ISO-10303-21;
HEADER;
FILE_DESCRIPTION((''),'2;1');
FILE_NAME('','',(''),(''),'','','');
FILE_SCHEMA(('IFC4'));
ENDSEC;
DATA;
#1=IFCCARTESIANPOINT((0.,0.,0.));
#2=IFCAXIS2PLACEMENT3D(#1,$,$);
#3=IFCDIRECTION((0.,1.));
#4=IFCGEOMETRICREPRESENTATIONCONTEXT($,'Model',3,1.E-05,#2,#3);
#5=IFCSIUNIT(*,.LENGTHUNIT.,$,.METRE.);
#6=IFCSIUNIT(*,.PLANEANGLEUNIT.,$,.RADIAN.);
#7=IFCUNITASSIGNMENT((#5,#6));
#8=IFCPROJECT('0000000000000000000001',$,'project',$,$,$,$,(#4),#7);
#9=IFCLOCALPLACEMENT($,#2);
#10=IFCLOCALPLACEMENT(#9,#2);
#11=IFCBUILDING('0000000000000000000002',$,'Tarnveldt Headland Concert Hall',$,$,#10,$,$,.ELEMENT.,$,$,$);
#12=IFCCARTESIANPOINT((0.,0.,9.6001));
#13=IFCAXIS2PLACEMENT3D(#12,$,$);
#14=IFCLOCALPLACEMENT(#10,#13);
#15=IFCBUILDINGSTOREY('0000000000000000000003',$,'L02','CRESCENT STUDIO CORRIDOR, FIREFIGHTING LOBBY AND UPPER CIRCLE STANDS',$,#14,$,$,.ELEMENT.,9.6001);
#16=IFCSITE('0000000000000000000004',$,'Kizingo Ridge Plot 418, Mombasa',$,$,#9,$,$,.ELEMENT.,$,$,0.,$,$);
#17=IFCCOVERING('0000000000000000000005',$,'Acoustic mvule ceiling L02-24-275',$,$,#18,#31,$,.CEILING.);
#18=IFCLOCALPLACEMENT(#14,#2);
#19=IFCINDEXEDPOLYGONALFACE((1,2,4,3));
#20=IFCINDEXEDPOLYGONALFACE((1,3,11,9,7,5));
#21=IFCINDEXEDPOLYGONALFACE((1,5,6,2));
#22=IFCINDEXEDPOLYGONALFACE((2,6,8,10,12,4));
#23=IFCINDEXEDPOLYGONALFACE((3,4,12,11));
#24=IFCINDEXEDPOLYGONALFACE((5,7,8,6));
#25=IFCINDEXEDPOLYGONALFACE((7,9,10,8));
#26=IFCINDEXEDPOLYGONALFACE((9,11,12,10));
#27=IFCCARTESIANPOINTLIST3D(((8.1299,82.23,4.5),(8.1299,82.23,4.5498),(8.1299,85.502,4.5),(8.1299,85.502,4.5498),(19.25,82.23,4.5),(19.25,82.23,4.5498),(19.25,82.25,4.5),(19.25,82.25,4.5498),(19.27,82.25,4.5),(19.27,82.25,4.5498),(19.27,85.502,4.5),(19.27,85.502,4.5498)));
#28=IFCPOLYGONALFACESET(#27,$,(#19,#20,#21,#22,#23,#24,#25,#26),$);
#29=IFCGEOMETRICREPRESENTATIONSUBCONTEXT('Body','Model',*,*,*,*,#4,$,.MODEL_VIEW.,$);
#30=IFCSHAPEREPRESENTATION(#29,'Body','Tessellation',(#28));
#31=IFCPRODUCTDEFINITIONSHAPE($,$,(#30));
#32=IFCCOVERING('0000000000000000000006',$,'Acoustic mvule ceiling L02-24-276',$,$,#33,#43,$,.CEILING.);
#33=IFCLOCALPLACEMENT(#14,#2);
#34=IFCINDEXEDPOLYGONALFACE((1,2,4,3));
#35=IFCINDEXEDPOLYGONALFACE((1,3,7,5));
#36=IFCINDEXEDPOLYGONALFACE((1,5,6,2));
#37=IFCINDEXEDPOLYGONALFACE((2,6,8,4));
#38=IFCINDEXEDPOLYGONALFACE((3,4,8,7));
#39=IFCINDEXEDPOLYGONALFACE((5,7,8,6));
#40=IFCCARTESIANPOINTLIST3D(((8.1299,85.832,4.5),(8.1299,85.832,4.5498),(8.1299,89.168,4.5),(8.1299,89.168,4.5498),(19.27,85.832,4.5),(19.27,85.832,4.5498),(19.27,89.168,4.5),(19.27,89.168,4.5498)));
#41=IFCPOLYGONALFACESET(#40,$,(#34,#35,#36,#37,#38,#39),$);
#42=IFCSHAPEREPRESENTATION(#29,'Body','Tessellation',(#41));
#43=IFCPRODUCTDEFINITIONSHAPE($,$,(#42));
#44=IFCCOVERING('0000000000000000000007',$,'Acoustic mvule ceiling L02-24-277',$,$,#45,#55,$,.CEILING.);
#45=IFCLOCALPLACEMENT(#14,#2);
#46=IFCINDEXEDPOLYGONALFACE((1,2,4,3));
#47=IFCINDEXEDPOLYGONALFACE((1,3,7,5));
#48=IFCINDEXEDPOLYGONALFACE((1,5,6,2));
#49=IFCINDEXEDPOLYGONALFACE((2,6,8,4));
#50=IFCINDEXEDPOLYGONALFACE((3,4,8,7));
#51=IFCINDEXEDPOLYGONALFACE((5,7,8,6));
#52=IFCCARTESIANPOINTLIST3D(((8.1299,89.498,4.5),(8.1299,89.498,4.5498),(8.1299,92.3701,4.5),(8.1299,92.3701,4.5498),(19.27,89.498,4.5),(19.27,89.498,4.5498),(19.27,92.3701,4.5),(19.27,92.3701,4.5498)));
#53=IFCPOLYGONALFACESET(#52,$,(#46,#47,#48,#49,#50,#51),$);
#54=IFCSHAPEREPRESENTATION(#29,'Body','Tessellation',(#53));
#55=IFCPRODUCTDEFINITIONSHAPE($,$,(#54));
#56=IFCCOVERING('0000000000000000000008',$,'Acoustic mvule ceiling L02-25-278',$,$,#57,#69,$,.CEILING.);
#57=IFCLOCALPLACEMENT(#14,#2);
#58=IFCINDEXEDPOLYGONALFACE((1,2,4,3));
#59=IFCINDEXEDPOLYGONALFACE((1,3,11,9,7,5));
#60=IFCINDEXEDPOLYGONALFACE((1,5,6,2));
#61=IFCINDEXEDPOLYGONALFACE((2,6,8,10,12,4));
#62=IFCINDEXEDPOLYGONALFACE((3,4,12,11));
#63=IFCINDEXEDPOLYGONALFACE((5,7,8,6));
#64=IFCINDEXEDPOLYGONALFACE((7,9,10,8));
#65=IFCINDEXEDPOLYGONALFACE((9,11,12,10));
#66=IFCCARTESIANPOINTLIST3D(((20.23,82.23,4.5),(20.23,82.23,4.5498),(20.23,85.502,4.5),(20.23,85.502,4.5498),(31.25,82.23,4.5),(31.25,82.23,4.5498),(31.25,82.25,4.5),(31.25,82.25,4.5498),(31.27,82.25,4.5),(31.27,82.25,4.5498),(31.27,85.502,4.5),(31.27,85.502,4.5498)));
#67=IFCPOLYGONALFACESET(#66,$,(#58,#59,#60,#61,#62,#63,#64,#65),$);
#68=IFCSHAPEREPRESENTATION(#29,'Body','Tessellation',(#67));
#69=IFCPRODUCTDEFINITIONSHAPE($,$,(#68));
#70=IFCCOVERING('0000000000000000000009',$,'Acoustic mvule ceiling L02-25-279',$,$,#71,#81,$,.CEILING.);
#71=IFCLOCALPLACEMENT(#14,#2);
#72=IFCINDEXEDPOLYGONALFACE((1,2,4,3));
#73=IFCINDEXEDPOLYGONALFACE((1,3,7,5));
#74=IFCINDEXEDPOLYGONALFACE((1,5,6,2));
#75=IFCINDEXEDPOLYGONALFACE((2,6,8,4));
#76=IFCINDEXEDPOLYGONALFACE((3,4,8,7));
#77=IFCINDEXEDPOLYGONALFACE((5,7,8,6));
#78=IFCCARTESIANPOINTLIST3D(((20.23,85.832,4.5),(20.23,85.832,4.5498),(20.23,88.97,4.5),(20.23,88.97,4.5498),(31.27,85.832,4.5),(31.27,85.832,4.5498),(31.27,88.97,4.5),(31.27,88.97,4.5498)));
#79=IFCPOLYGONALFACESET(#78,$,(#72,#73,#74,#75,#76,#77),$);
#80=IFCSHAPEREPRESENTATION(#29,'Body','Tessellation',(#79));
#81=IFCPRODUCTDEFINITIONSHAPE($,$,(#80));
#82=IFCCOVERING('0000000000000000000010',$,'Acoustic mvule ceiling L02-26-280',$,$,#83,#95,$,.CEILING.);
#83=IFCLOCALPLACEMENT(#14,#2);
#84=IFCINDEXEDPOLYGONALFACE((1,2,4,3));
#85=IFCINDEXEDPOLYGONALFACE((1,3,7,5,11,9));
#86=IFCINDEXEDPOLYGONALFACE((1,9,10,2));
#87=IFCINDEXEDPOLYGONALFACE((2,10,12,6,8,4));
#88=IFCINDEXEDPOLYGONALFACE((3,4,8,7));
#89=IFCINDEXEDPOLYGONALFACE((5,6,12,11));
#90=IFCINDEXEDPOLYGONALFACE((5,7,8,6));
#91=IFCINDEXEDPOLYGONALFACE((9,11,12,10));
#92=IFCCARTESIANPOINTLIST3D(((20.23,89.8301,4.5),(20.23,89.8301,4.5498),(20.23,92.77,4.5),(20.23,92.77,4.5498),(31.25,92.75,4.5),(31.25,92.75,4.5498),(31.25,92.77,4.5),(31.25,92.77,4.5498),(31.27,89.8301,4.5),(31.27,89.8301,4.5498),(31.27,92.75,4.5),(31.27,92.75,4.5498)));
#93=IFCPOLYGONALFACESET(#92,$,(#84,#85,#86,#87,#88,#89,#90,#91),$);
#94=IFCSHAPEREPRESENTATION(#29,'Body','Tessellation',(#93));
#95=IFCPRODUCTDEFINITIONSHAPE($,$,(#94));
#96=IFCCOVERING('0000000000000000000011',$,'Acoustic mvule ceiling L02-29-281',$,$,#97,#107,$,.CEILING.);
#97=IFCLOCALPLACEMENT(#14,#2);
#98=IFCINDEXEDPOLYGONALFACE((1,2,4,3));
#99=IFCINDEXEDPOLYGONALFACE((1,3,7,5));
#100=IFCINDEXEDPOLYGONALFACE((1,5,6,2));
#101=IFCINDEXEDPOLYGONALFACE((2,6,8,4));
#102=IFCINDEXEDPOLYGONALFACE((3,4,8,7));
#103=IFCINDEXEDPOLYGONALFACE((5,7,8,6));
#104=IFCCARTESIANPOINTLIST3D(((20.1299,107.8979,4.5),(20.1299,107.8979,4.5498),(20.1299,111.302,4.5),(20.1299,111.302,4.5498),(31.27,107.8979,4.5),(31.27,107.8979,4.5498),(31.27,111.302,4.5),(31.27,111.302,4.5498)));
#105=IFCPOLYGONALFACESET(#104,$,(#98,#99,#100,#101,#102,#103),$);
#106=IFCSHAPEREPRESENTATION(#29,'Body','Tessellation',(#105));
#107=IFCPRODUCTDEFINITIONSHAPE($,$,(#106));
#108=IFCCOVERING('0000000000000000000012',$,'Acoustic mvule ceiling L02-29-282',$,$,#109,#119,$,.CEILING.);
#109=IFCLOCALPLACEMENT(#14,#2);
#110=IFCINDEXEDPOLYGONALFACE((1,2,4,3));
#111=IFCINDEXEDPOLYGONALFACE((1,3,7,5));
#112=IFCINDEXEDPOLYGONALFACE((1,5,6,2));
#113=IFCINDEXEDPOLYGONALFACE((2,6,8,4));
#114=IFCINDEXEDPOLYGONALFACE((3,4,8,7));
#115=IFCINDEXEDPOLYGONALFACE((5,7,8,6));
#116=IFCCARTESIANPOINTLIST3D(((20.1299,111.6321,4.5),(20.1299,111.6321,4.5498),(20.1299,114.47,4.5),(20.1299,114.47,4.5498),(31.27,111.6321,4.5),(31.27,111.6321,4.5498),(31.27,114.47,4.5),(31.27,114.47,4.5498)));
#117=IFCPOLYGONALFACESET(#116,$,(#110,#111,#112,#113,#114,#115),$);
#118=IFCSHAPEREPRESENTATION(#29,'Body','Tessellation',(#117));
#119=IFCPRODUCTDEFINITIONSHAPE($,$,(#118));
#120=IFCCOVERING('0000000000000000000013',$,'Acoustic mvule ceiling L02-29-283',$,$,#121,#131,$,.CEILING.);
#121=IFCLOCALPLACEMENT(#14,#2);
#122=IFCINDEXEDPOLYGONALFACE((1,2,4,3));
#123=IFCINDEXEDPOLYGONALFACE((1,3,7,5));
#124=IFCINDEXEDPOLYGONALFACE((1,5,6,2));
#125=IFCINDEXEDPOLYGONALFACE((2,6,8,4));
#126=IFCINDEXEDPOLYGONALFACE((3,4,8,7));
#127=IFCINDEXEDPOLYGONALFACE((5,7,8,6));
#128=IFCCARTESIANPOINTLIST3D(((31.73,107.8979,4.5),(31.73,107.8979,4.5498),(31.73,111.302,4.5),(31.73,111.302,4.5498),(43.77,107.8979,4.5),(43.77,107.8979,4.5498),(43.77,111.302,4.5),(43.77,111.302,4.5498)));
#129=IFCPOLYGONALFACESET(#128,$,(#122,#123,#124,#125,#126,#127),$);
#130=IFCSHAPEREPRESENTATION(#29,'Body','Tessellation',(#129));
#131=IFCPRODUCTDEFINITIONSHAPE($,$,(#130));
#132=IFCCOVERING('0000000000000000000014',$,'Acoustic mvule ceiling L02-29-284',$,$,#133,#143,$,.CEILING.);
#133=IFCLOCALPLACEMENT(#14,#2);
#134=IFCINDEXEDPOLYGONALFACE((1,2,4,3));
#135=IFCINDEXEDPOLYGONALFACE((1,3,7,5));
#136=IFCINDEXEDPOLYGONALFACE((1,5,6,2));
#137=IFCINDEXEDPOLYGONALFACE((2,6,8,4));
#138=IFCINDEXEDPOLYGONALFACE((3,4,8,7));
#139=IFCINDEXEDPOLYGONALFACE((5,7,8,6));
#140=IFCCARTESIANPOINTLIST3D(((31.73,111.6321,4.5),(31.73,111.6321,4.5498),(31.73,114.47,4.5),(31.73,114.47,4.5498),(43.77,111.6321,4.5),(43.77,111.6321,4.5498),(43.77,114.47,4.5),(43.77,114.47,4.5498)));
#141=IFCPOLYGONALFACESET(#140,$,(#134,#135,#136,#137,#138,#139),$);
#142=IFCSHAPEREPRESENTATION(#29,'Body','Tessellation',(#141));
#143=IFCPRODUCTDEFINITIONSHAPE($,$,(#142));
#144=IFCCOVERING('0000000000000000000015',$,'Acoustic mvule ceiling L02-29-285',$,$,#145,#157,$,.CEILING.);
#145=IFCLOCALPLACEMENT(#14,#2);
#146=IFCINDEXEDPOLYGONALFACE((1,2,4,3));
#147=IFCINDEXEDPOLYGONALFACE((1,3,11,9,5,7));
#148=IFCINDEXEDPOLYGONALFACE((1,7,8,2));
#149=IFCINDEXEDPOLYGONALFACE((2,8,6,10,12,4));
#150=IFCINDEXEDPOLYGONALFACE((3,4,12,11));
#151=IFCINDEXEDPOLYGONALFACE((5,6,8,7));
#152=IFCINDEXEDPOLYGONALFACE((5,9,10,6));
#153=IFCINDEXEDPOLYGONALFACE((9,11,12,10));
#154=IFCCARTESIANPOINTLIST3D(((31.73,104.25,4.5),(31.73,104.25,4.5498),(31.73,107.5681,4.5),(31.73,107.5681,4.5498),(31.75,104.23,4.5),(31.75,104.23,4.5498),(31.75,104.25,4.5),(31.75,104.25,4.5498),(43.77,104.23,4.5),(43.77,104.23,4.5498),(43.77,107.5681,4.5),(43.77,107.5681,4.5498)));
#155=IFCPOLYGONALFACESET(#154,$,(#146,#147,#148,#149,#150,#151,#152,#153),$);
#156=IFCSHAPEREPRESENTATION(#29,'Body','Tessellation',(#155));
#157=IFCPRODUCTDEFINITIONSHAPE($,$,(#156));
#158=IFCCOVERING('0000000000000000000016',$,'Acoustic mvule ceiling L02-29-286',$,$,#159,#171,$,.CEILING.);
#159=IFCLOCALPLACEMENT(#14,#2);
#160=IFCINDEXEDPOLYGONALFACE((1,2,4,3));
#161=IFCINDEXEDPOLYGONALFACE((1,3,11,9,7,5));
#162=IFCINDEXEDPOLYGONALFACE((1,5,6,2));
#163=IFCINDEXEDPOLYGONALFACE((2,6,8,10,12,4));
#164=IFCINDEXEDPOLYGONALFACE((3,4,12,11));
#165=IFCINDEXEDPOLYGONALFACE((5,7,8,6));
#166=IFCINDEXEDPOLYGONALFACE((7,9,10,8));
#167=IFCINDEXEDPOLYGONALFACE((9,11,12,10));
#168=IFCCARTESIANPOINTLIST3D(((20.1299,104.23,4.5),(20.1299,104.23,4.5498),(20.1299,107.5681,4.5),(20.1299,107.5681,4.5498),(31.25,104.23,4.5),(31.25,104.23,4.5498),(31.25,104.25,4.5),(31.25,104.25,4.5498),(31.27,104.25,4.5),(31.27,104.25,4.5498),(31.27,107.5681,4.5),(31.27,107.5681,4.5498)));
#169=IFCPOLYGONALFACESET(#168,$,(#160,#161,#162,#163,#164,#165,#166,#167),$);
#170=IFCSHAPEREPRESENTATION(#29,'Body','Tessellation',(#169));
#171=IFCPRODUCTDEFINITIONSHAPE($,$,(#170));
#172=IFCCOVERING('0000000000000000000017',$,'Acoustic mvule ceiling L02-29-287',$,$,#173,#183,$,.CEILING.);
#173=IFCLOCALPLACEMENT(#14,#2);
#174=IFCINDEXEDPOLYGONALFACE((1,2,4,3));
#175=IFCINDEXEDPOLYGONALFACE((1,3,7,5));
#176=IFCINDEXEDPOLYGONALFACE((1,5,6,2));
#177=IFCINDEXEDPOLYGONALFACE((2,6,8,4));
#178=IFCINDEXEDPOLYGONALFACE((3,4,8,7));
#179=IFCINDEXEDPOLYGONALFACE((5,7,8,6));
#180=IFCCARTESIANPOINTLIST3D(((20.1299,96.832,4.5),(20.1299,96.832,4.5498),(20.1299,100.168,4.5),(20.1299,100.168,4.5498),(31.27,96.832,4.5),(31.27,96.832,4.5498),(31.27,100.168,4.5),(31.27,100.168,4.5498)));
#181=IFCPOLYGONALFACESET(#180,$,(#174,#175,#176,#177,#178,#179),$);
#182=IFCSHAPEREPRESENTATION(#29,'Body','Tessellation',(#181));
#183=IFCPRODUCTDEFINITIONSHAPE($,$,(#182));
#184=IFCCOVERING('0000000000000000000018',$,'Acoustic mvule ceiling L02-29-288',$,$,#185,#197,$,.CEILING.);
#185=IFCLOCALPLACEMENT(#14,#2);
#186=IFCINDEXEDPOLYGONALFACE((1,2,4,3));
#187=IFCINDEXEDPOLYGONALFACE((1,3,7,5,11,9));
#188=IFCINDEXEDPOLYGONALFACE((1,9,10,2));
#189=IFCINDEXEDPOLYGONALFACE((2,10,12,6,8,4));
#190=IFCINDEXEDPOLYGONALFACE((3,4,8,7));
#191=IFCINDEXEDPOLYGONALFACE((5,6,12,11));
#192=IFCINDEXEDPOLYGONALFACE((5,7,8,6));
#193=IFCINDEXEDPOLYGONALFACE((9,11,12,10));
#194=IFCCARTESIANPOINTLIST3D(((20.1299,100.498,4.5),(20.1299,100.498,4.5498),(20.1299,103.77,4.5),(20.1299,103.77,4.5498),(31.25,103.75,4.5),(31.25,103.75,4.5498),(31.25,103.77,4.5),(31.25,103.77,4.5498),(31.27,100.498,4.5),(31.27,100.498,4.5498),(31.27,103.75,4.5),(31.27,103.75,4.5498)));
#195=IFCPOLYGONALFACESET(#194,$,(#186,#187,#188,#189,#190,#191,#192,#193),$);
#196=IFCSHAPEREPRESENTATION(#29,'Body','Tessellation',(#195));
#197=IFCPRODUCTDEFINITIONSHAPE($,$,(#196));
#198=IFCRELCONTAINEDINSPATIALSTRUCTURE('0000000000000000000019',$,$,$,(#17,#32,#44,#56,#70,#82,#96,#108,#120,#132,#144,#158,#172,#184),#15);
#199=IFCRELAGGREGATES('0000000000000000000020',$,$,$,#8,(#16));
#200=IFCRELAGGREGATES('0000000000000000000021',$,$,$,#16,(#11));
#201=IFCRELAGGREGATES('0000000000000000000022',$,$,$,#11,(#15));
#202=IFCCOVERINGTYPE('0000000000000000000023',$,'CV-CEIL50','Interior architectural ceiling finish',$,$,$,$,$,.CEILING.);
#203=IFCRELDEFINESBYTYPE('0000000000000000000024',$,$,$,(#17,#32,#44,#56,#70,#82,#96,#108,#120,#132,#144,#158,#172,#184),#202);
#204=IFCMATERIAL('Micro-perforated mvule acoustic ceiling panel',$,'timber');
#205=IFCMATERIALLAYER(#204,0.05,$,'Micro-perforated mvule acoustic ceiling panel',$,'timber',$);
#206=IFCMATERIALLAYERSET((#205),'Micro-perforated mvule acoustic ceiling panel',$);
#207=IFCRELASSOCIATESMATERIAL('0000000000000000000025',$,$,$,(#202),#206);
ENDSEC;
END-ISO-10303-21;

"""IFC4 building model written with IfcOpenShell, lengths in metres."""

from ifc_helpers import new_model, si_unit, direction, frame, origin, place, context, subcontext, project, spatial, polyline, outline, extrude, material, layer, layer_set, type_object, element, save


model = new_model("IFC4")

# Units and contexts
model_context = context("Model", 3, precision=1e-05, world=origin(), true_north=direction((0.0, 1.0)))
body_context = subcontext(model_context, "Body", "Model", "MODEL_VIEW")
ifc_project = project(units=[si_unit("LENGTHUNIT", "METRE"), si_unit("PLANEANGLEUNIT", "RADIAN")], contexts=[model_context])

# Site, building, storey
site_placement = place(None, origin())
site = spatial("IfcSite", under=ifc_project, at=site_placement, Name="Kizingo Ridge Plot 418, Mombasa", CompositionType="ELEMENT", RefElevation=0.0)
building_placement = place(site_placement, origin())
building = spatial("IfcBuilding", under=site, at=building_placement, Name="Tarnveldt Headland Concert Hall", CompositionType="ELEMENT")
storey_placement = place(building_placement, frame((0.0, 0.0, 9.6001)))
storey = spatial("IfcBuildingStorey", under=building, at=storey_placement, Name="L02", Description="CRESCENT STUDIO CORRIDOR, FIREFIGHTING LOBBY AND UPPER CIRCLE STANDS", CompositionType="ELEMENT", Elevation=9.6001)

# Coverings
ifc_material_1 = material(Name="Micro-perforated mvule acoustic ceiling panel", Category="timber")
ifc_layer_1 = layer(ifc_material_1, 0.05, Name="Micro-perforated mvule acoustic ceiling panel", Category="timber")
ifc_layer_set_1 = layer_set([ifc_layer_1], Name="Micro-perforated mvule acoustic ceiling panel")
covering_type_1 = type_object("IfcCoveringType", Name="CV-CEIL50", Description="Interior architectural ceiling finish", PredefinedType="CEILING", material=ifc_layer_set_1)
covering_1_placement = place(storey_placement, frame((0.0, 0.0, 4.5)))
element("IfcCovering", 1, at=covering_1_placement, inside=storey, type_object=covering_type_1, Name="Acoustic mvule ceiling L02-24-275", PredefinedType="CEILING", context=body_context, shape_type="SweptSolid", body=[
    extrude(outline(polyline([(8.1299, 82.23), (8.1299, 85.502), (19.27, 85.502), (19.27, 82.25), (19.25, 82.25), (19.25, 82.23), (8.1299, 82.23)])), origin(), (0.0, 0.0, 1.0), 0.0498),
])
covering_2_placement = place(storey_placement, frame((0.0, 0.0, 4.5)))
element("IfcCovering", 2, at=covering_2_placement, inside=storey, type_object=covering_type_1, Name="Acoustic mvule ceiling L02-24-276", PredefinedType="CEILING", context=body_context, shape_type="SweptSolid", body=[
    extrude(outline(polyline([(8.1299, 89.168), (19.27, 89.168), (19.27, 85.832), (8.1299, 85.832), (8.1299, 89.168)])), origin(), (0.0, 0.0, 1.0), 0.0498),
])
covering_3_placement = place(storey_placement, frame((0.0, 0.0, 4.5)))
element("IfcCovering", 3, at=covering_3_placement, inside=storey, type_object=covering_type_1, Name="Acoustic mvule ceiling L02-24-277", PredefinedType="CEILING", context=body_context, shape_type="SweptSolid", body=[
    extrude(outline(polyline([(8.1299, 92.3701), (19.27, 92.3701), (19.27, 89.498), (8.1299, 89.498), (8.1299, 92.3701)])), origin(), (0.0, 0.0, 1.0), 0.0498),
])
covering_4_placement = place(storey_placement, frame((0.0, 0.0, 4.5)))
element("IfcCovering", 4, at=covering_4_placement, inside=storey, type_object=covering_type_1, Name="Acoustic mvule ceiling L02-25-278", PredefinedType="CEILING", context=body_context, shape_type="SweptSolid", body=[
    extrude(outline(polyline([(20.23, 82.23), (20.23, 85.502), (31.27, 85.502), (31.27, 82.25), (31.25, 82.25), (31.25, 82.23), (20.23, 82.23)])), origin(), (0.0, 0.0, 1.0), 0.0498),
])
covering_5_placement = place(storey_placement, frame((0.0, 0.0, 4.5)))
element("IfcCovering", 5, at=covering_5_placement, inside=storey, type_object=covering_type_1, Name="Acoustic mvule ceiling L02-25-279", PredefinedType="CEILING", context=body_context, shape_type="SweptSolid", body=[
    extrude(outline(polyline([(31.27, 88.97), (31.27, 85.832), (20.23, 85.832), (20.23, 88.97), (31.27, 88.97)])), origin(), (0.0, 0.0, 1.0), 0.0498),
])
covering_6_placement = place(storey_placement, frame((0.0, 0.0, 4.5)))
element("IfcCovering", 6, at=covering_6_placement, inside=storey, type_object=covering_type_1, Name="Acoustic mvule ceiling L02-26-280", PredefinedType="CEILING", context=body_context, shape_type="SweptSolid", body=[
    extrude(outline(polyline([(20.23, 92.77), (31.25, 92.77), (31.25, 92.75), (31.27, 92.75), (31.27, 89.8301), (20.23, 89.8301), (20.23, 92.77)])), origin(), (0.0, 0.0, 1.0), 0.0498),
])
covering_7_placement = place(storey_placement, frame((0.0, 0.0, 4.5)))
element("IfcCovering", 7, at=covering_7_placement, inside=storey, type_object=covering_type_1, Name="Acoustic mvule ceiling L02-29-281", PredefinedType="CEILING", context=body_context, shape_type="SweptSolid", body=[
    extrude(outline(polyline([(31.27, 107.8979), (20.1299, 107.8979), (20.1299, 111.302), (31.27, 111.302), (31.27, 107.8979)])), origin(), (0.0, 0.0, 1.0), 0.0498),
])
covering_8_placement = place(storey_placement, frame((0.0, 0.0, 4.5)))
element("IfcCovering", 8, at=covering_8_placement, inside=storey, type_object=covering_type_1, Name="Acoustic mvule ceiling L02-29-282", PredefinedType="CEILING", context=body_context, shape_type="SweptSolid", body=[
    extrude(outline(polyline([(31.27, 111.6321), (20.1299, 111.6321), (20.1299, 114.47), (31.27, 114.47), (31.27, 111.6321)])), origin(), (0.0, 0.0, 1.0), 0.0498),
])
covering_9_placement = place(storey_placement, frame((0.0, 0.0, 4.5)))
element("IfcCovering", 9, at=covering_9_placement, inside=storey, type_object=covering_type_1, Name="Acoustic mvule ceiling L02-29-283", PredefinedType="CEILING", context=body_context, shape_type="SweptSolid", body=[
    extrude(outline(polyline([(31.73, 111.302), (43.77, 111.302), (43.77, 107.8979), (31.73, 107.8979), (31.73, 111.302)])), origin(), (0.0, 0.0, 1.0), 0.0498),
])
covering_10_placement = place(storey_placement, frame((0.0, 0.0, 4.5)))
element("IfcCovering", 10, at=covering_10_placement, inside=storey, type_object=covering_type_1, Name="Acoustic mvule ceiling L02-29-284", PredefinedType="CEILING", context=body_context, shape_type="SweptSolid", body=[
    extrude(outline(polyline([(43.77, 114.47), (43.77, 111.6321), (31.73, 111.6321), (31.73, 114.47), (43.77, 114.47)])), origin(), (0.0, 0.0, 1.0), 0.0498),
])
covering_11_placement = place(storey_placement, frame((0.0, 0.0, 4.5)))
element("IfcCovering", 11, at=covering_11_placement, inside=storey, type_object=covering_type_1, Name="Acoustic mvule ceiling L02-29-285", PredefinedType="CEILING", context=body_context, shape_type="SweptSolid", body=[
    extrude(outline(polyline([(31.75, 104.25), (31.73, 104.25), (31.73, 107.5681), (43.77, 107.5681), (43.77, 104.23), (31.75, 104.23), (31.75, 104.25)])), origin(), (0.0, 0.0, 1.0), 0.0498),
])
covering_12_placement = place(storey_placement, frame((0.0, 0.0, 4.5)))
element("IfcCovering", 12, at=covering_12_placement, inside=storey, type_object=covering_type_1, Name="Acoustic mvule ceiling L02-29-286", PredefinedType="CEILING", context=body_context, shape_type="SweptSolid", body=[
    extrude(outline(polyline([(20.1299, 107.5681), (31.27, 107.5681), (31.27, 104.25), (31.25, 104.25), (31.25, 104.23), (20.1299, 104.23), (20.1299, 107.5681)])), origin(), (0.0, 0.0, 1.0), 0.0498),
])
covering_13_placement = place(storey_placement, frame((0.0, 0.0, 4.5)))
element("IfcCovering", 13, at=covering_13_placement, inside=storey, type_object=covering_type_1, Name="Acoustic mvule ceiling L02-29-287", PredefinedType="CEILING", context=body_context, shape_type="SweptSolid", body=[
    extrude(outline(polyline([(31.27, 100.168), (31.27, 96.832), (20.1299, 96.832), (20.1299, 100.168), (31.27, 100.168)])), origin(), (0.0, 0.0, 1.0), 0.0498),
])
covering_14_placement = place(storey_placement, frame((0.0, 0.0, 4.5)))
element("IfcCovering", 14, at=covering_14_placement, inside=storey, type_object=covering_type_1, Name="Acoustic mvule ceiling L02-29-288", PredefinedType="CEILING", context=body_context, shape_type="SweptSolid", body=[
    extrude(outline(polyline([(20.1299, 100.498), (20.1299, 103.77), (31.25, 103.77), (31.25, 103.75), (31.27, 103.75), (31.27, 100.498), (20.1299, 100.498)])), origin(), (0.0, 0.0, 1.0), 0.0498),
])

save(model, "model.ifc")
